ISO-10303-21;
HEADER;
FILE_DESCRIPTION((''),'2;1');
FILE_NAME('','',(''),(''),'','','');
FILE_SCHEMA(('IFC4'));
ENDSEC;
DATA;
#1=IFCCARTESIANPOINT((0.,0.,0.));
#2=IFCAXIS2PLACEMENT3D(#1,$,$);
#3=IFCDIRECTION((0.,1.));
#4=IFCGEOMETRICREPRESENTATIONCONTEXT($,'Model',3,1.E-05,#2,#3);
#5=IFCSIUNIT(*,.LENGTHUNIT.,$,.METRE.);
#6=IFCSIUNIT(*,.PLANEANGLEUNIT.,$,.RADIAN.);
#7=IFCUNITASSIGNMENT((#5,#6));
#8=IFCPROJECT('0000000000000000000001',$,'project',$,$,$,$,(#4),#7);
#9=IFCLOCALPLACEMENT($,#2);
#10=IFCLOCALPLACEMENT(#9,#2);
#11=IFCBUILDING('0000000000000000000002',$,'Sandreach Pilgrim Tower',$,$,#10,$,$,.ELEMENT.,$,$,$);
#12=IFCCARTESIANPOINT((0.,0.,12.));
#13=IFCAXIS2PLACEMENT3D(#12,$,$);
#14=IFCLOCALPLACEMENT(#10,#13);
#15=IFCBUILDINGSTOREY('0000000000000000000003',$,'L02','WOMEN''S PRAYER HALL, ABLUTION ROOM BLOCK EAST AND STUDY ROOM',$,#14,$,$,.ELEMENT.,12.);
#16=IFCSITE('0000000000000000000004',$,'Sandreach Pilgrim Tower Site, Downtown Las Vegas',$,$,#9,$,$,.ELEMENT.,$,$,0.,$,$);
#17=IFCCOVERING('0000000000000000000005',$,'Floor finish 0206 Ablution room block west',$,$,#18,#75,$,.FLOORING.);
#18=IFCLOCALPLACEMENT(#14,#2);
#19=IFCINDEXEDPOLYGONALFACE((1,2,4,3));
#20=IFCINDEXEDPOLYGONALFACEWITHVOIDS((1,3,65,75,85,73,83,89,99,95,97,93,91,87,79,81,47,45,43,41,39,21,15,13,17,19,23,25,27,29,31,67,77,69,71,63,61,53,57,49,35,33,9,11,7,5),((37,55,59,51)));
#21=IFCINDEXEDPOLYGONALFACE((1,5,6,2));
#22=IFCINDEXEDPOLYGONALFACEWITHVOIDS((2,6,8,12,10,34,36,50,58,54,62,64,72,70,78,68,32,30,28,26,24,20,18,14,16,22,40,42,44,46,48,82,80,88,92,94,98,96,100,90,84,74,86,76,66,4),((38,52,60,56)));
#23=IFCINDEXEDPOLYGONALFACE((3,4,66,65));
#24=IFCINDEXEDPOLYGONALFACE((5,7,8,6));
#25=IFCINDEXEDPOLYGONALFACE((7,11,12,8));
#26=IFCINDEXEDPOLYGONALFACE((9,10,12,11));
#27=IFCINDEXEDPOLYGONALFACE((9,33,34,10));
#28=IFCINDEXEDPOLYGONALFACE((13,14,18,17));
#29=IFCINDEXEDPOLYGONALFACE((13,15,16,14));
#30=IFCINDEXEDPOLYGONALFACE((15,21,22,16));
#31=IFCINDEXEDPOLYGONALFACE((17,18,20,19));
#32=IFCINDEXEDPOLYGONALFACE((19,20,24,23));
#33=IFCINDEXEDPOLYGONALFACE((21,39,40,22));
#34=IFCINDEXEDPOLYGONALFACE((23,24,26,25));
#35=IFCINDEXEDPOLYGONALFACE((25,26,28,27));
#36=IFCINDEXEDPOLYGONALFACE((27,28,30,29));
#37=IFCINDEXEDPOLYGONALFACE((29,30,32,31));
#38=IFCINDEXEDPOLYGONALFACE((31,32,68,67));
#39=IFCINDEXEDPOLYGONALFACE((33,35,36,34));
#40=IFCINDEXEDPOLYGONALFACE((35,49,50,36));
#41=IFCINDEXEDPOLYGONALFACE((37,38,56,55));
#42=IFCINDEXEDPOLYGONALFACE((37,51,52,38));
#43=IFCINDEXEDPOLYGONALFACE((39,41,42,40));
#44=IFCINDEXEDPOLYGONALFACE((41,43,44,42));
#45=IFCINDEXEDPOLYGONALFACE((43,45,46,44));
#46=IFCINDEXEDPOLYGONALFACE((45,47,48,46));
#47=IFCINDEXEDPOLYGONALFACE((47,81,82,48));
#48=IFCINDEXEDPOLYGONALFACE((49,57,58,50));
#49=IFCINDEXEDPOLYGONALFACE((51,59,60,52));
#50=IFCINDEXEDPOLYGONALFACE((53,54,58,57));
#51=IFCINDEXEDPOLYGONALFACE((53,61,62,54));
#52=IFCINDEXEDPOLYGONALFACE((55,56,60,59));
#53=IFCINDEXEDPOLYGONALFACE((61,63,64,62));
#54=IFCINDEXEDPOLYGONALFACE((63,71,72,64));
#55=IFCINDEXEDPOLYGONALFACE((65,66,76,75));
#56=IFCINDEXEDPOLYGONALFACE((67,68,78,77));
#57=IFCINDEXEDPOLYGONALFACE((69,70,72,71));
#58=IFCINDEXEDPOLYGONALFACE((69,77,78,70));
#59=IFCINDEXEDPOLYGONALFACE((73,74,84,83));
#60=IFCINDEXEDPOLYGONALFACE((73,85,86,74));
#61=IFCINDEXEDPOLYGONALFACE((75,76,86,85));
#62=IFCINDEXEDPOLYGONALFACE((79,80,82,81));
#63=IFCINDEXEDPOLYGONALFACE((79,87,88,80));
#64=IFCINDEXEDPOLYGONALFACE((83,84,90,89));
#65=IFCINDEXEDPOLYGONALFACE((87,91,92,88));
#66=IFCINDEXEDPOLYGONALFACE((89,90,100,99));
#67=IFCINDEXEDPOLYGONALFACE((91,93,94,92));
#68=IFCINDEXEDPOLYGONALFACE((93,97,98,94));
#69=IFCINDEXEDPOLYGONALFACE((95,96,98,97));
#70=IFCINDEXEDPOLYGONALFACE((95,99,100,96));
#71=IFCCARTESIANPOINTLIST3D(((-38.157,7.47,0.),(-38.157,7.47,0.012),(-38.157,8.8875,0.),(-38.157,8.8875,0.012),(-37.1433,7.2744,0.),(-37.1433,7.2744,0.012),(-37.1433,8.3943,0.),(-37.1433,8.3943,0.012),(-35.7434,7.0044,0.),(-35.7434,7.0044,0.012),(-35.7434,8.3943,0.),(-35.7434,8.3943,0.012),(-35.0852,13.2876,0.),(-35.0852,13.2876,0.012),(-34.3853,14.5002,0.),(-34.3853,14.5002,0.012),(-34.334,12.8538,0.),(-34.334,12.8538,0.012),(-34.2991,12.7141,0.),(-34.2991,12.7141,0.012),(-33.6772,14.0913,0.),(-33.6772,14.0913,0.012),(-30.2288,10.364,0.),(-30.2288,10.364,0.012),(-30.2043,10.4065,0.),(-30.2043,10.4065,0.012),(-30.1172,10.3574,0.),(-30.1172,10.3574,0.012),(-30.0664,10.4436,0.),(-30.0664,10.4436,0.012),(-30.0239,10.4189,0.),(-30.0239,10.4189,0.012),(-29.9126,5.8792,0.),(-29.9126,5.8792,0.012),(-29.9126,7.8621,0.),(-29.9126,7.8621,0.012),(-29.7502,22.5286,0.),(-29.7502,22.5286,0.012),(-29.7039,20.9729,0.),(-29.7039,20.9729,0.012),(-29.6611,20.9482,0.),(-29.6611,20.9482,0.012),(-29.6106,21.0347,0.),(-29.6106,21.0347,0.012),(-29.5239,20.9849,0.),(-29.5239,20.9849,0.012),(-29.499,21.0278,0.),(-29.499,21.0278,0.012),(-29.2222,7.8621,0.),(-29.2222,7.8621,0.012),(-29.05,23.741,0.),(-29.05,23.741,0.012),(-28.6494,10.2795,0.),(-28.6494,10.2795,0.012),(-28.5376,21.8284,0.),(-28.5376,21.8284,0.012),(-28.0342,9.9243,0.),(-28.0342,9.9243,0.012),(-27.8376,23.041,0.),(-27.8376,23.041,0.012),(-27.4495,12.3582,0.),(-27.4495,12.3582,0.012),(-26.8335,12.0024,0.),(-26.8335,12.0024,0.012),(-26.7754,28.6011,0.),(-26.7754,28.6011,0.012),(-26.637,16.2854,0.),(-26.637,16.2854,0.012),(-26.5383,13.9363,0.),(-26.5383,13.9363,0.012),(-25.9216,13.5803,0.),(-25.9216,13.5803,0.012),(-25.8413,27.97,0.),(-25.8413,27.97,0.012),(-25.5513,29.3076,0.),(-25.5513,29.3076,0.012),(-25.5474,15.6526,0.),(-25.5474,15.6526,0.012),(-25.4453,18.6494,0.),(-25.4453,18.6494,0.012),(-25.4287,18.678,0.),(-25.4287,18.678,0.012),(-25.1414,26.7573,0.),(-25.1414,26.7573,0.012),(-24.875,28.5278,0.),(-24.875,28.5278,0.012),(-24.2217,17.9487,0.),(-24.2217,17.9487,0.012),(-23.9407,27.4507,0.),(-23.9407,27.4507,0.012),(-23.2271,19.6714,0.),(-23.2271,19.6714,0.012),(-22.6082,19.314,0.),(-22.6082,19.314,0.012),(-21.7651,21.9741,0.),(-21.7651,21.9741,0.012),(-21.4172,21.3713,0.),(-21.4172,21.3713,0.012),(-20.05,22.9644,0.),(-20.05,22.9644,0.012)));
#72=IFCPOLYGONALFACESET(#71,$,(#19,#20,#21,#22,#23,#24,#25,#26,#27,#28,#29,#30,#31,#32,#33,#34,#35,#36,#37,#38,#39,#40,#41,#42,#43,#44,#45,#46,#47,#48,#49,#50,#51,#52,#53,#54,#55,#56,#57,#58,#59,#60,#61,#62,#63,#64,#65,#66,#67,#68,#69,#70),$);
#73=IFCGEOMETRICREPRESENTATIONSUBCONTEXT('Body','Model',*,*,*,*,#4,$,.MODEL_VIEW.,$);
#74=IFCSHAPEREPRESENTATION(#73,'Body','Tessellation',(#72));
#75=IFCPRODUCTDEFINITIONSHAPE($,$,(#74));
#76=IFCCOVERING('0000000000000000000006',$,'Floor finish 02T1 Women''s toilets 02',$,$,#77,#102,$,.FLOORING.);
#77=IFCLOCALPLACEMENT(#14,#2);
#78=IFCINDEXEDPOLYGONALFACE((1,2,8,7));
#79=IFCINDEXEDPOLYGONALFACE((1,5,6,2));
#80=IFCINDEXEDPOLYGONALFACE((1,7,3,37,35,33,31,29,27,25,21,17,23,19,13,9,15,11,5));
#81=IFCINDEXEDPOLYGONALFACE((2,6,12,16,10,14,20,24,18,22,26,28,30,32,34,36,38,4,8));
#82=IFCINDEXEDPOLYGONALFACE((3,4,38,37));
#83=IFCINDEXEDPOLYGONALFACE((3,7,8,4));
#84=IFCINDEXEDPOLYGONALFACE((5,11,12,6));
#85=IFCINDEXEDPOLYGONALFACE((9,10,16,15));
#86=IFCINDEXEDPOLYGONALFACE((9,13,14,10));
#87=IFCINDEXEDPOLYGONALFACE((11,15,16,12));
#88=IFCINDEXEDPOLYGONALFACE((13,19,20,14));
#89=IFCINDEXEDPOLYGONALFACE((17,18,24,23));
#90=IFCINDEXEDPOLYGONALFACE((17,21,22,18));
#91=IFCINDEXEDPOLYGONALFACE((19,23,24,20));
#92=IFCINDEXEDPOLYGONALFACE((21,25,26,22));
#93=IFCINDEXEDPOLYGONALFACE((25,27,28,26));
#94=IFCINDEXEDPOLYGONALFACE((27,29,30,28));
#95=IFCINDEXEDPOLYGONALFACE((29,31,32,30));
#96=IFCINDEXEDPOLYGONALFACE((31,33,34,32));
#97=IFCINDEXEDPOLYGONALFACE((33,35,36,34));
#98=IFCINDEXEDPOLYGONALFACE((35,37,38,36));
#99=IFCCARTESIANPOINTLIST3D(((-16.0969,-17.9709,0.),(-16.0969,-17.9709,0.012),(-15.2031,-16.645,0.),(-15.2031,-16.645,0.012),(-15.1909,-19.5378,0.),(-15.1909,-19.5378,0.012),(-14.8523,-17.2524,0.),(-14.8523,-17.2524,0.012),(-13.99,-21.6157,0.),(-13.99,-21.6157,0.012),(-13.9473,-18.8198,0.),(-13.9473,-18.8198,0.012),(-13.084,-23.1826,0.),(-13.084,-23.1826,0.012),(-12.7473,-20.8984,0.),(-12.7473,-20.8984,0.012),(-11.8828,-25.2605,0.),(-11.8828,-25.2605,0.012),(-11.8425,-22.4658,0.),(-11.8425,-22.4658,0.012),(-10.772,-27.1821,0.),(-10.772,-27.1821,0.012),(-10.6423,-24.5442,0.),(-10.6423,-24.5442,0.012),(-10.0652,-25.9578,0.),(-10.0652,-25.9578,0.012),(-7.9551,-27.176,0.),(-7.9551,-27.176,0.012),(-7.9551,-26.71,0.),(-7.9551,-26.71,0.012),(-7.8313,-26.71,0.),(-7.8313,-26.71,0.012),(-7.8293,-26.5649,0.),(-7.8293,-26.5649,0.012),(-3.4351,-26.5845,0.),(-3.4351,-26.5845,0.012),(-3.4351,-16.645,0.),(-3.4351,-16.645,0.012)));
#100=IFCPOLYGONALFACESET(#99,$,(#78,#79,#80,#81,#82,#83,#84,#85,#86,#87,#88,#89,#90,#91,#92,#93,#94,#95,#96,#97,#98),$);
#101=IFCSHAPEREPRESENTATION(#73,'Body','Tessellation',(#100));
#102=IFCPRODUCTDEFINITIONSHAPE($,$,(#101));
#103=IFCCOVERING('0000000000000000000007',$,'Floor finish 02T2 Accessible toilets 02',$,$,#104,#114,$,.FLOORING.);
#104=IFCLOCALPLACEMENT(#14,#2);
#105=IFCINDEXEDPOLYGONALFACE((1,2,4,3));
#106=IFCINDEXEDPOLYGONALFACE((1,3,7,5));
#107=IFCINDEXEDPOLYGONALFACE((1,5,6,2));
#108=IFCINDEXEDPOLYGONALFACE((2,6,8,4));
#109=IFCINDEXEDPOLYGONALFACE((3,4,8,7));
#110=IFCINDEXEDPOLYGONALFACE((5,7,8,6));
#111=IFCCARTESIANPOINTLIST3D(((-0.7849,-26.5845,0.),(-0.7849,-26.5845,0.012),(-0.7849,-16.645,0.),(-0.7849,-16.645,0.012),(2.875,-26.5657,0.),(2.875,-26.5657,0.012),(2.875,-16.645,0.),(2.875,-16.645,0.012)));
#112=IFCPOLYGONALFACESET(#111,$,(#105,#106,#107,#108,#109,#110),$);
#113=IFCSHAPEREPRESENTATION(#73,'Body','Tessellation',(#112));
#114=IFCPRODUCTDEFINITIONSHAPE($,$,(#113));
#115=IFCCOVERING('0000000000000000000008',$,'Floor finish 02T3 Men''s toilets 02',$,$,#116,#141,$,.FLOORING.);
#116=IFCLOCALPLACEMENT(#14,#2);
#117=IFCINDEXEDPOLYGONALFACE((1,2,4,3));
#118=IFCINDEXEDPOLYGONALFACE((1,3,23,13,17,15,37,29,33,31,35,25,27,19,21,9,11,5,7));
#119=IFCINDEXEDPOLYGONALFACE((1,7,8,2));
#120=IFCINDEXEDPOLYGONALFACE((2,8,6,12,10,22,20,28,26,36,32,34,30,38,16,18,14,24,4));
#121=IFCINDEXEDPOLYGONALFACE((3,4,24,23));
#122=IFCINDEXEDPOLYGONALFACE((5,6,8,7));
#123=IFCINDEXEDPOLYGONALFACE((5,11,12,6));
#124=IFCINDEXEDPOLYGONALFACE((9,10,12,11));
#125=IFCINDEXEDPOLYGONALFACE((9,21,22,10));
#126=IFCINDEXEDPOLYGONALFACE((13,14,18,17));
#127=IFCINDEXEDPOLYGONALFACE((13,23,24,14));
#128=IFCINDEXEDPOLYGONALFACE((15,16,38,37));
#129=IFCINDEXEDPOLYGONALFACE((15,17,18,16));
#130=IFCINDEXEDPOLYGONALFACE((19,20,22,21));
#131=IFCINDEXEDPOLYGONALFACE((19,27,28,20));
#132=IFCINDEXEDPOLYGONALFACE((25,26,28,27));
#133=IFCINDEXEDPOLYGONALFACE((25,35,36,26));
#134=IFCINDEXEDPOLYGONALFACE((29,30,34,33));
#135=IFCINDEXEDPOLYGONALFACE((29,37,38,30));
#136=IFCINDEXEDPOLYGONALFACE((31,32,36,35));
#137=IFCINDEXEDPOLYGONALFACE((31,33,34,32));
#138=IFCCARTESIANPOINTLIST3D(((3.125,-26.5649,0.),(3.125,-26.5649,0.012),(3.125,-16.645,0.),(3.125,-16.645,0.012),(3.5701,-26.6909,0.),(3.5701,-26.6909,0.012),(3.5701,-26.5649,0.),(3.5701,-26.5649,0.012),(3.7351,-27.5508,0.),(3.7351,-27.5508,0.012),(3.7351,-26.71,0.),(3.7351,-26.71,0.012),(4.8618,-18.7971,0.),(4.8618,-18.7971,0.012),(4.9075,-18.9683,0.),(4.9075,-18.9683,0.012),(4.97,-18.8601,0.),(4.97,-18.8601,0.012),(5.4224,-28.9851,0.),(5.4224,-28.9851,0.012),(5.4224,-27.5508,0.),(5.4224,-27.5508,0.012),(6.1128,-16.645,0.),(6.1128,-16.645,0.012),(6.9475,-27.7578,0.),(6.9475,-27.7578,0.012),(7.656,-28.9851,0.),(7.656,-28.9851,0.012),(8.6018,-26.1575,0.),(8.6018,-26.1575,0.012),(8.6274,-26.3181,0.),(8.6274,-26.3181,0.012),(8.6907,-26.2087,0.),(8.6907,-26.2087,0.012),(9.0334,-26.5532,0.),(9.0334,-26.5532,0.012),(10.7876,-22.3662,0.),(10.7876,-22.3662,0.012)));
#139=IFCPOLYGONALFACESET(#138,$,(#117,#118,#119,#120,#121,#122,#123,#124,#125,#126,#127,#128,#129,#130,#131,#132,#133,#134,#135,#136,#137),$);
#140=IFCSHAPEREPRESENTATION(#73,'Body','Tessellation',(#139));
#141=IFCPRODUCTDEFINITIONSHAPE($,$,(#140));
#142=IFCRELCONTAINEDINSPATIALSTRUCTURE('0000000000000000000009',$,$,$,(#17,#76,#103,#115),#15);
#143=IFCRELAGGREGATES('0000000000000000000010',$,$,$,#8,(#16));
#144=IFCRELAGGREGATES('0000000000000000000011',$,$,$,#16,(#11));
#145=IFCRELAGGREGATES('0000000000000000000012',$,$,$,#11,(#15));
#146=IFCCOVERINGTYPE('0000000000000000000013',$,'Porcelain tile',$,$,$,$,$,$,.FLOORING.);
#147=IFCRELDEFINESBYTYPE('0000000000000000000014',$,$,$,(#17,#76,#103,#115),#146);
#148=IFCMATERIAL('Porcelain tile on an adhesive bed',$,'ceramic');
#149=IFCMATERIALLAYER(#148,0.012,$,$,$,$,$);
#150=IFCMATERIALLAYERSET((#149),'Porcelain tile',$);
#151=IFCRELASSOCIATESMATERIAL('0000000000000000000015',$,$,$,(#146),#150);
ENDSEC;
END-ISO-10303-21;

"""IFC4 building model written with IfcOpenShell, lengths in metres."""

from ifc_helpers import new_model, si_unit, direction, frame, origin, place, context, subcontext, project, spatial, polyline, outline, extrude, material, layer, layer_set, type_object, element, save


model = new_model("IFC4")

# Units and contexts
model_context = context("Model", 3, precision=1e-05, world=origin(), true_north=direction((0.0, 1.0)))
body_context = subcontext(model_context, "Body", "Model", "MODEL_VIEW")
ifc_project = project(units=[si_unit("LENGTHUNIT", "METRE"), si_unit("PLANEANGLEUNIT", "RADIAN")], contexts=[model_context])

# Site, building, storey
site_placement = place(None, origin())
site = spatial("IfcSite", under=ifc_project, at=site_placement, Name="Sandreach Pilgrim Tower Site, Downtown Las Vegas", CompositionType="ELEMENT", RefElevation=0.0)
building_placement = place(site_placement, origin())
building = spatial("IfcBuilding", under=site, at=building_placement, Name="Sandreach Pilgrim Tower", CompositionType="ELEMENT")
storey_placement = place(building_placement, frame((0.0, 0.0, 12.0)))
storey = spatial("IfcBuildingStorey", under=building, at=storey_placement, Name="L02", Description="WOMEN'S PRAYER HALL, ABLUTION ROOM BLOCK EAST AND STUDY ROOM", CompositionType="ELEMENT", Elevation=12.0)

# Coverings
ifc_material_1 = material(Name="Porcelain tile on an adhesive bed", Category="ceramic")
ifc_layer_1 = layer(ifc_material_1, 0.012)
ifc_layer_set_1 = layer_set([ifc_layer_1], Name="Porcelain tile")
covering_type_1 = type_object("IfcCoveringType", Name="Porcelain tile", PredefinedType="FLOORING", material=ifc_layer_set_1)
covering_1_placement = place(storey_placement, origin())
element("IfcCovering", 1, at=covering_1_placement, inside=storey, type_object=covering_type_1, Name="Floor finish 0206 Ablution room block west", PredefinedType="FLOORING", context=body_context, shape_type="SweptSolid", body=[
    extrude(outline(polyline([(-38.157, 8.8875), (-26.7754, 28.6011), (-25.5513, 29.3076), (-24.875, 28.5278), (-25.8413, 27.97), (-25.1414, 26.7573), (-23.9407, 27.4507), (-20.05, 22.9644), (-21.7651, 21.9741), (-21.4172, 21.3713), (-22.6082, 19.314), (-23.2271, 19.6714), (-24.2217, 17.9487), (-25.4453, 18.6494), (-25.4287, 18.678), (-29.499, 21.0278), (-29.5239, 20.9849), (-29.6106, 21.0347), (-29.6611, 20.9482), (-29.7039, 20.9729), (-33.6772, 14.0913), (-34.3853, 14.5002), (-35.0852, 13.2876), (-34.334, 12.8538), (-34.2991, 12.7141), (-30.2288, 10.364), (-30.2043, 10.4065), (-30.1172, 10.3574), (-30.0664, 10.4436), (-30.0239, 10.4189), (-26.637, 16.2854), (-25.5474, 15.6526), (-26.5383, 13.9363), (-25.9216, 13.5803), (-26.8335, 12.0024), (-27.4495, 12.3582), (-28.6494, 10.2795), (-28.0342, 9.9243), (-29.2222, 7.8621), (-29.9126, 7.8621), (-29.9126, 5.8792), (-35.7434, 7.0044), (-35.7434, 8.3943), (-37.1433, 8.3943), (-37.1433, 7.2744), (-38.157, 7.47), (-38.157, 8.8875)]), holes=[polyline([(-29.7502, 22.5286), (-28.5376, 21.8284), (-27.8376, 23.041), (-29.05, 23.741), (-29.7502, 22.5286)])]), origin(), (0.0, 0.0, 1.0), 0.012),
])
covering_2_placement = place(storey_placement, origin())
element("IfcCovering", 2, at=covering_2_placement, inside=storey, type_object=covering_type_1, Name="Floor finish 02T1 Women's toilets 02", PredefinedType="FLOORING", context=body_context, shape_type="SweptSolid", body=[
    extrude(outline(polyline([(-7.8313, -26.71), (-7.9551, -26.71), (-7.9551, -27.176), (-10.0652, -25.9578), (-10.772, -27.1821), (-11.8828, -25.2605), (-10.6423, -24.5442), (-11.8425, -22.4658), (-13.084, -23.1826), (-13.99, -21.6157), (-12.7473, -20.8984), (-13.9473, -18.8198), (-15.1909, -19.5378), (-16.0969, -17.9709), (-14.8523, -17.2524), (-15.2031, -16.645), (-3.4351, -16.645), (-3.4351, -26.5845), (-7.8293, -26.5649), (-7.8313, -26.71)])), origin(), (0.0, 0.0, 1.0), 0.012),
])
covering_3_placement = place(storey_placement, origin())
element("IfcCovering", 3, at=covering_3_placement, inside=storey, type_object=covering_type_1, Name="Floor finish 02T2 Accessible toilets 02", PredefinedType="FLOORING", context=body_context, shape_type="SweptSolid", body=[
    extrude(outline(polyline([(2.875, -26.5657), (-0.7849, -26.5845), (-0.7849, -16.645), (2.875, -16.645), (2.875, -26.5657)])), origin(), (0.0, 0.0, 1.0), 0.012),
])
covering_4_placement = place(storey_placement, origin())
element("IfcCovering", 4, at=covering_4_placement, inside=storey, type_object=covering_type_1, Name="Floor finish 02T3 Men's toilets 02", PredefinedType="FLOORING", context=body_context, shape_type="SweptSolid", body=[
    extrude(outline(polyline([(3.125, -26.5649), (3.125, -16.645), (6.1128, -16.645), (4.8618, -18.7971), (4.97, -18.8601), (4.9075, -18.9683), (10.7876, -22.3662), (8.6018, -26.1575), (8.6907, -26.2087), (8.6274, -26.3181), (9.0334, -26.5532), (6.9475, -27.7578), (7.656, -28.9851), (5.4224, -28.9851), (5.4224, -27.5508), (3.7351, -27.5508), (3.7351, -26.71), (3.5701, -26.6909), (3.5701, -26.5649), (3.125, -26.5649)])), origin(), (0.0, 0.0, 1.0), 0.012),
])

save(model, "model.ifc")
